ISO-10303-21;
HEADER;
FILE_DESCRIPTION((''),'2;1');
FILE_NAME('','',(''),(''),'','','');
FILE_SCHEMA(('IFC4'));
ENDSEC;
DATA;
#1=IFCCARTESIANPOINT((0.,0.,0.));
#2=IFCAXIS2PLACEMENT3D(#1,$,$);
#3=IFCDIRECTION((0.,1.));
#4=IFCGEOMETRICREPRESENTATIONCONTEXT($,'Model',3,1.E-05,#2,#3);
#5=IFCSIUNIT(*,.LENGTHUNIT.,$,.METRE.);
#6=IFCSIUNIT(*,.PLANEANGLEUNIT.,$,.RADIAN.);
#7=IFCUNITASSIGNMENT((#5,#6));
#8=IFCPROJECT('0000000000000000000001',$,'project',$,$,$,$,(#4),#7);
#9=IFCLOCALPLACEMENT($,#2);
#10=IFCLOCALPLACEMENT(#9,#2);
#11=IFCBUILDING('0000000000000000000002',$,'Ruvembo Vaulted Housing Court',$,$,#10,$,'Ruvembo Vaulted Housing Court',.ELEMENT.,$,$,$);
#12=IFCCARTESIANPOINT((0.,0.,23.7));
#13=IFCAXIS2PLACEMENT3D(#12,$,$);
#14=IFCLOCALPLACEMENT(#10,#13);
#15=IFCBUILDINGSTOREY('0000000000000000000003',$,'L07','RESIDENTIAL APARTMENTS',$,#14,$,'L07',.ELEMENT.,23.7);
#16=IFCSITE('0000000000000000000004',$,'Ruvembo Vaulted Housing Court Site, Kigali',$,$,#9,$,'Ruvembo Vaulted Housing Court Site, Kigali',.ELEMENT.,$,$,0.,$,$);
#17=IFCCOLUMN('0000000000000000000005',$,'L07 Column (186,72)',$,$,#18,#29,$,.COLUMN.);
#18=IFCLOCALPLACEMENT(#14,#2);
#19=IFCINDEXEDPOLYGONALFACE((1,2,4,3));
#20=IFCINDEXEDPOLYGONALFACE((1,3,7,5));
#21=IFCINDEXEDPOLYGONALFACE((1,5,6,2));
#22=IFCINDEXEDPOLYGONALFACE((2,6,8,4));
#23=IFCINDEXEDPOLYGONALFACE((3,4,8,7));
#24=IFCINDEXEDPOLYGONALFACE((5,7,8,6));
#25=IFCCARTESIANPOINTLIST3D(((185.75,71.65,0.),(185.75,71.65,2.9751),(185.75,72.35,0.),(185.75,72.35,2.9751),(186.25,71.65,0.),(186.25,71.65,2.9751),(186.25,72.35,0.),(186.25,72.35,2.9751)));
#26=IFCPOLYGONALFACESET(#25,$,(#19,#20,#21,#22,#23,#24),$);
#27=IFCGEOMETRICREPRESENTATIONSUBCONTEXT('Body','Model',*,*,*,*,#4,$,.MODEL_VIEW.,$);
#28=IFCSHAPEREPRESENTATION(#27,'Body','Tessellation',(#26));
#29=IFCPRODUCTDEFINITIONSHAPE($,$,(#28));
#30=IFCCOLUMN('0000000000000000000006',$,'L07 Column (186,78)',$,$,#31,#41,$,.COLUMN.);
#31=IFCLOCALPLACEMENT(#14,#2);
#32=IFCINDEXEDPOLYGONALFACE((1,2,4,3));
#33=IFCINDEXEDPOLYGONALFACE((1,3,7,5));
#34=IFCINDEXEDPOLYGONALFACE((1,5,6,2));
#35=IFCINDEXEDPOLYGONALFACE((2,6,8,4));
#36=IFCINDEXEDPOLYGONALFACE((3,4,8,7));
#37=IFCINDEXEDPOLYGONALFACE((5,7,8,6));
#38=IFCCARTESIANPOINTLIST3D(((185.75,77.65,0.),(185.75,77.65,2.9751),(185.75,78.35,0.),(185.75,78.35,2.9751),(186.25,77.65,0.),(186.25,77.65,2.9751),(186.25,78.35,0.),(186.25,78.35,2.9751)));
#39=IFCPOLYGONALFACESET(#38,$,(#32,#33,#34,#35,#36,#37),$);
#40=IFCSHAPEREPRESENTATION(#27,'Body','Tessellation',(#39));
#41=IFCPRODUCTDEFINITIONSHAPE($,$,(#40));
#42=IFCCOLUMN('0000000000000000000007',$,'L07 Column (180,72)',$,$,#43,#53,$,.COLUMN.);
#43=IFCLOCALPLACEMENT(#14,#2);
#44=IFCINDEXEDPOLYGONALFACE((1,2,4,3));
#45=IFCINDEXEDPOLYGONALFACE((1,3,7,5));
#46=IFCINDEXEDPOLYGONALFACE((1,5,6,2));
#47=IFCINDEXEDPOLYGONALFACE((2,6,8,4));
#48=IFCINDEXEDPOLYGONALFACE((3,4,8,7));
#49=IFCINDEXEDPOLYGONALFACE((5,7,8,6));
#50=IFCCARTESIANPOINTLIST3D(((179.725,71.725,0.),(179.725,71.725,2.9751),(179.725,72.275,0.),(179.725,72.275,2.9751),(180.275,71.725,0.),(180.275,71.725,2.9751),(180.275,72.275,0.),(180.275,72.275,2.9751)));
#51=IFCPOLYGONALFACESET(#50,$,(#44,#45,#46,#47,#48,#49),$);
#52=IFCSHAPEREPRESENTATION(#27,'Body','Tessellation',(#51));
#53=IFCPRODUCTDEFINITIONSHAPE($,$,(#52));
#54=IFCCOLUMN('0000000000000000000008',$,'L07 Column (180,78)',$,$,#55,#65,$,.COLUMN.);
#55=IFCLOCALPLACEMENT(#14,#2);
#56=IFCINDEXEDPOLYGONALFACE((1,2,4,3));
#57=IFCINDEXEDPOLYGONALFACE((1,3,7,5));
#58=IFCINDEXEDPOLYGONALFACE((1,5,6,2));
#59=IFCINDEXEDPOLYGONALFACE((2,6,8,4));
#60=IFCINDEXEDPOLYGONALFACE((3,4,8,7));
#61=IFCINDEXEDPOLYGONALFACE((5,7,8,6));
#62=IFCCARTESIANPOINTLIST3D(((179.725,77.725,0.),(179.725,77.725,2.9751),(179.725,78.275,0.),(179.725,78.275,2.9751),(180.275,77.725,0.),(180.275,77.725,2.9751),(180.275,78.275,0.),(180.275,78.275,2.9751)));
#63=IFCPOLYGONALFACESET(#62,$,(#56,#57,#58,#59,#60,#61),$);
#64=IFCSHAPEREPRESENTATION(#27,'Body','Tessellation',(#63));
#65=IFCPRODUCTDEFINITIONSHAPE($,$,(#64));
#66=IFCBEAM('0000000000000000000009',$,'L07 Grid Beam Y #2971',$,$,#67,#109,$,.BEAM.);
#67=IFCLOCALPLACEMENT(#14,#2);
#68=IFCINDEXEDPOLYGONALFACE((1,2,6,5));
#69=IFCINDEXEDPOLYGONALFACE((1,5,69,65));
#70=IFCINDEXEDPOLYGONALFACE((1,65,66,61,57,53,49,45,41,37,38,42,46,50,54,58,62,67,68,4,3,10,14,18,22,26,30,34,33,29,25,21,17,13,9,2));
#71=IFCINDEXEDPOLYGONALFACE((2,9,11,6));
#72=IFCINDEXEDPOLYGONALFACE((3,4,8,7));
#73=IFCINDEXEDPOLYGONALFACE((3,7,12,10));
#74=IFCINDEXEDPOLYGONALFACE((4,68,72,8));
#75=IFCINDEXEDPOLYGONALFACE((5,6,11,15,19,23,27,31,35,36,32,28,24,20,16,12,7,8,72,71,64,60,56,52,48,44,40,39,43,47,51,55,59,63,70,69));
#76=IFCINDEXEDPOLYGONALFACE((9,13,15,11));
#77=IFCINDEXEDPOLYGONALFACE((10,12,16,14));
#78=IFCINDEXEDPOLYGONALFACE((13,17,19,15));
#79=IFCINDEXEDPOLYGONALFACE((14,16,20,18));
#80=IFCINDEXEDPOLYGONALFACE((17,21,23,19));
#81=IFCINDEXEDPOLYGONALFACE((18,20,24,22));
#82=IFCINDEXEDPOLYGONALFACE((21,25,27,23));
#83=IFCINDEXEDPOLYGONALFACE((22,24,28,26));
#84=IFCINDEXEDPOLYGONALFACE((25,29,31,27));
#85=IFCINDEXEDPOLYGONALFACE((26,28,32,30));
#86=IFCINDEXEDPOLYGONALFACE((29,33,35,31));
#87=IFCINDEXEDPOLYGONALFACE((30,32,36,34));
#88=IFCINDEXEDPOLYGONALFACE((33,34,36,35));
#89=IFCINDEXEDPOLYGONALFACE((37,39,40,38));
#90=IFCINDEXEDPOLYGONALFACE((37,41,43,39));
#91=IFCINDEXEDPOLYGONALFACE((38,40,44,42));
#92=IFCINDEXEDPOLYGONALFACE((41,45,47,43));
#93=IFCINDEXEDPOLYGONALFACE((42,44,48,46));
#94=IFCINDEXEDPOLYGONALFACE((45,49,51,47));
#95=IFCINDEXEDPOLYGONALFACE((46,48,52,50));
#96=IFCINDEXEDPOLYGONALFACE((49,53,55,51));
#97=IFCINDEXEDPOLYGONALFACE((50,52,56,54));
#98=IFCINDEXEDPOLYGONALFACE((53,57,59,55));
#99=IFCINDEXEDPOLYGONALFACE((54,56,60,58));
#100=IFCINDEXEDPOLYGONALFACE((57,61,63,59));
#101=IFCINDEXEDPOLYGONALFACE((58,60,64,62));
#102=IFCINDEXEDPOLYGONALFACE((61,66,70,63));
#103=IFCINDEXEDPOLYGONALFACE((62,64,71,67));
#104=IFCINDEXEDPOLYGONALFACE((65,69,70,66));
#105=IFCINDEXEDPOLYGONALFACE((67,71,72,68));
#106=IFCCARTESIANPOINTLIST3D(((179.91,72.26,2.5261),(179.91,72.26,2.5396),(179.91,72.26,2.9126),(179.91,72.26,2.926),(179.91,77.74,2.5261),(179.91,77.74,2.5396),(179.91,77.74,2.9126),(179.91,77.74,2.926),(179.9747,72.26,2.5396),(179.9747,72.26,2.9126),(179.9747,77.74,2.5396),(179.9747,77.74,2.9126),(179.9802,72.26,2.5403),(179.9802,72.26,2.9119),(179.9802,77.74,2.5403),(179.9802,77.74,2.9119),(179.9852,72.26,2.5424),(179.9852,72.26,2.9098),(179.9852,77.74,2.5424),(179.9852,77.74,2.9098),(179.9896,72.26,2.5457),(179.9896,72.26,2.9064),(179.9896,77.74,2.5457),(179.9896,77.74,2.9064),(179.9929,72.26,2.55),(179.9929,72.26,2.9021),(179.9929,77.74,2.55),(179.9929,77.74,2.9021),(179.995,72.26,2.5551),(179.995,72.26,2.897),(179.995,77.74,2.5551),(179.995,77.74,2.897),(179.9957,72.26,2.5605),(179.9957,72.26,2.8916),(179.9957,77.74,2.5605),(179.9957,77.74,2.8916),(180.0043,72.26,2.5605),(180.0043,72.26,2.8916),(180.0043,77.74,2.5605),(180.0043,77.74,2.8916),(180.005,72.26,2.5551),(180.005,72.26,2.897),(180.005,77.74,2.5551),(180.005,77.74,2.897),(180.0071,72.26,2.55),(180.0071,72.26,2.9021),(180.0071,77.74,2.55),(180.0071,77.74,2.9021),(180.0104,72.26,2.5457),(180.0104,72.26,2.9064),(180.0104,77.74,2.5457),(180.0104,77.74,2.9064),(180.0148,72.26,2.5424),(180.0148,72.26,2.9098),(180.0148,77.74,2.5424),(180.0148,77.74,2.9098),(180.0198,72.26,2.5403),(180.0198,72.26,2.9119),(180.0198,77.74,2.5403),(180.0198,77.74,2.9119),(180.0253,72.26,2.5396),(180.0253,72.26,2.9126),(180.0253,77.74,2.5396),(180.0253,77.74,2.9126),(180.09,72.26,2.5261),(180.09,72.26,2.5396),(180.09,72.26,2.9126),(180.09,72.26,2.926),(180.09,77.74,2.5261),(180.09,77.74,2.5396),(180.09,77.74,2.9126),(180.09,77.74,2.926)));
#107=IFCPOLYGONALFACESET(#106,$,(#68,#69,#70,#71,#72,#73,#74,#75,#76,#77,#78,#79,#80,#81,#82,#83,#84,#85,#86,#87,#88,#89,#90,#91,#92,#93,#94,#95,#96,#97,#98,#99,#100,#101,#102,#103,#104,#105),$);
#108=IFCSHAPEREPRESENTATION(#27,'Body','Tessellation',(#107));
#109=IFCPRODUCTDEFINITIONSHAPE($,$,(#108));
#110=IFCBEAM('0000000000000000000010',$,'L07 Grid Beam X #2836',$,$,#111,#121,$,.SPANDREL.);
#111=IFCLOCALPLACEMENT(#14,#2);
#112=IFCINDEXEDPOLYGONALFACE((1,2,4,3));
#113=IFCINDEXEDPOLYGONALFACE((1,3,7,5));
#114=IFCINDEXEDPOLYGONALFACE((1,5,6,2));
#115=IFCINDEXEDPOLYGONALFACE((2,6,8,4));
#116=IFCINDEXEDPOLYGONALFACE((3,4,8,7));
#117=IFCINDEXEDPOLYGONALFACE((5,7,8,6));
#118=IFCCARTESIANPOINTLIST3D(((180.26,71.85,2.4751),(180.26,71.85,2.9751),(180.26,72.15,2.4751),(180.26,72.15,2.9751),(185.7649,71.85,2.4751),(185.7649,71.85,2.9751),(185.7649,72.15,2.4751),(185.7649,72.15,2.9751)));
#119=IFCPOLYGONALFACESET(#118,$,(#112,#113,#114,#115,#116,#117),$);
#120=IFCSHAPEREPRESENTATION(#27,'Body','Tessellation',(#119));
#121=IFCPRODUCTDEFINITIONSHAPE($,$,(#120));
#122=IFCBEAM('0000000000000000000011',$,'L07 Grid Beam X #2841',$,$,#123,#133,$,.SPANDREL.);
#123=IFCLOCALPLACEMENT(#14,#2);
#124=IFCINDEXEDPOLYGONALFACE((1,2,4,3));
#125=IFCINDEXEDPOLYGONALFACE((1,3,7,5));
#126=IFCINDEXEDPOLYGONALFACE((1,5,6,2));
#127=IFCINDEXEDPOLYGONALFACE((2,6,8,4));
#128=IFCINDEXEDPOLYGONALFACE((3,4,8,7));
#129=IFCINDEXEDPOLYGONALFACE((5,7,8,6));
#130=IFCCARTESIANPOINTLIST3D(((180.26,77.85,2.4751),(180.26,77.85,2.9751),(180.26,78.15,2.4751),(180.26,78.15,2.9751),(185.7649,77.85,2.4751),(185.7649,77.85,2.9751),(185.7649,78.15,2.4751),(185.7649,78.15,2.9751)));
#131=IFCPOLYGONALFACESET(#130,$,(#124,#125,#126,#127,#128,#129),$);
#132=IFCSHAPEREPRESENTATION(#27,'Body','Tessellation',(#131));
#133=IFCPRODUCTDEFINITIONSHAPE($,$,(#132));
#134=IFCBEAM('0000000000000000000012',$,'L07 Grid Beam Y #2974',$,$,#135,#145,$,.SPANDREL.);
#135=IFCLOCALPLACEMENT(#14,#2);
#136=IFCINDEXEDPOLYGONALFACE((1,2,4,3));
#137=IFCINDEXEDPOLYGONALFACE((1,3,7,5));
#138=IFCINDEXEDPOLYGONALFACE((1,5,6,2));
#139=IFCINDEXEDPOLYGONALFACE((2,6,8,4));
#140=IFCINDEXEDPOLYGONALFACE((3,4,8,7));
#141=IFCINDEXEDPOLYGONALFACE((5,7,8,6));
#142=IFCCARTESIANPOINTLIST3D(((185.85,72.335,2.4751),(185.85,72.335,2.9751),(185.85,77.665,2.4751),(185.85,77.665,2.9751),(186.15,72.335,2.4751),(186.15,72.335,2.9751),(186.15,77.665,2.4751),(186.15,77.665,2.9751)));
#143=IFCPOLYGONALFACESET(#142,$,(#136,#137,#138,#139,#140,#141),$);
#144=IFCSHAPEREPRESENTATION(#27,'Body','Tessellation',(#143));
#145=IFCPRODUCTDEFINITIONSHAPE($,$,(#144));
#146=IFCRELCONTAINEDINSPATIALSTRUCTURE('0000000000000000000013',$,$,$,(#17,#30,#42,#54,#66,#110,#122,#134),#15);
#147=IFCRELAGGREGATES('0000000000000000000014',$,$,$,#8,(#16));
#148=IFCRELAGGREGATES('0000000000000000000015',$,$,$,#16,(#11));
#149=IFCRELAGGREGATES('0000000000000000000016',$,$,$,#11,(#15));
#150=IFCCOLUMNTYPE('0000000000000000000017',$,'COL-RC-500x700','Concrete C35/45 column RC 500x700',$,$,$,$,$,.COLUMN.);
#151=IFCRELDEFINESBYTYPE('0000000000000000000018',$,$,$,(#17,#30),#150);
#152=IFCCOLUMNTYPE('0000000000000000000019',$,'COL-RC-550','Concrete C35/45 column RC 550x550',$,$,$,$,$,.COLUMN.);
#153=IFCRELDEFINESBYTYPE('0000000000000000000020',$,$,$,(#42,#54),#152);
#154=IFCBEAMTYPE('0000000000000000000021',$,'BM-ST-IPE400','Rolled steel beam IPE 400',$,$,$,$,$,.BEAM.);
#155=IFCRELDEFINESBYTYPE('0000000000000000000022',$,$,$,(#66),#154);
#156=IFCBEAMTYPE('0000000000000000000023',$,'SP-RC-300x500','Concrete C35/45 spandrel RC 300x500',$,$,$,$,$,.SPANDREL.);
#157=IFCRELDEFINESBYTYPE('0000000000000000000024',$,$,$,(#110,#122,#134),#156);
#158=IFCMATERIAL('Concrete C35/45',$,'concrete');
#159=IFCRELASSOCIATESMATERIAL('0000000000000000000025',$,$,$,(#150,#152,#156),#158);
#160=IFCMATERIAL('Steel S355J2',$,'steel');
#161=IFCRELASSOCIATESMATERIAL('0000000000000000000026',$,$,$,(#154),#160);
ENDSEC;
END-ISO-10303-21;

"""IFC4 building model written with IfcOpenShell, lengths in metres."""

from ifc_helpers import new_model, si_unit, direction, frame, origin, origin_2d, place, context, subcontext, project, spatial, rectangle, i_section, extrude, material, material_profile, profile_set, type_object, element, save


model = new_model("IFC4")

# Units and contexts
model_context = context("Model", 3, precision=1e-05, world=origin(), true_north=direction((0.0, 1.0)))
body_context = subcontext(model_context, "Body", "Model", "MODEL_VIEW")
ifc_project = project(units=[si_unit("LENGTHUNIT", "METRE"), si_unit("PLANEANGLEUNIT", "RADIAN")], contexts=[model_context])

# Site, building, storey
site_placement = place(None, origin())
site = spatial("IfcSite", under=ifc_project, at=site_placement, Name="Ruvembo Vaulted Housing Court Site, Kigali", LongName="Ruvembo Vaulted Housing Court Site, Kigali", CompositionType="ELEMENT", RefElevation=0.0)
building_placement = place(site_placement, origin())
building = spatial("IfcBuilding", under=site, at=building_placement, Name="Ruvembo Vaulted Housing Court", LongName="Ruvembo Vaulted Housing Court", CompositionType="ELEMENT")
storey_placement = place(building_placement, frame((0.0, 0.0, 23.7)))
storey = spatial("IfcBuildingStorey", under=building, at=storey_placement, Name="L07", Description="RESIDENTIAL APARTMENTS", LongName="L07", CompositionType="ELEMENT", Elevation=23.7)

# Columns
ifc_material_1 = material(Name="Concrete C35/45", Category="concrete")
ifc_material_profile_1 = material_profile(ifc_material_1, rectangle(XDim=0.5, YDim=0.7, at=origin_2d()), Name="RC 500x700")
ifc_profile_set_1 = profile_set([ifc_material_profile_1], Name="Concrete C35/45")
column_type_1 = type_object("IfcColumnType", Name="COL-RC-500x700", Description="Concrete C35/45 column RC 500x700", PredefinedType="COLUMN", material=ifc_profile_set_1)
for number, where, z_axis, x_axis, name in (
    (1, (186.0, 72.0, 0.0), (0.0, 0.0, 1.0), (1.0, 0.0, 0.0), "L07 Column (186,72)"),
    (2, (186.0, 78.0, 0.0), (0.0, 0.0, 1.0), (1.0, 0.0, 0.0), "L07 Column (186,78)"),
):
    element("IfcColumn", number, at=place(storey_placement, frame(where, z_axis=z_axis, x_axis=x_axis)), inside=storey, type_object=column_type_1, Name=name, PredefinedType="COLUMN", context=body_context, shape_type="SweptSolid", body=[
        extrude(rectangle(XDim=0.5, YDim=0.7, at=origin_2d()), origin(), (0.0, 0.0, 1.0), 2.9751),
    ])
ifc_material_profile_2 = material_profile(ifc_material_1, rectangle(XDim=0.55, YDim=0.55, at=origin_2d()), Name="RC 550x550")
ifc_profile_set_2 = profile_set([ifc_material_profile_2], Name="Concrete C35/45")
column_type_2 = type_object("IfcColumnType", Name="COL-RC-550", Description="Concrete C35/45 column RC 550x550", PredefinedType="COLUMN", material=ifc_profile_set_2)
for number, where, z_axis, x_axis, name in (
    (3, (180.0, 72.0, 0.0), (0.0, 0.0, 1.0), (1.0, 0.0, 0.0), "L07 Column (180,72)"),
    (4, (180.0, 78.0, 0.0), (0.0, 0.0, 1.0), (1.0, 0.0, 0.0), "L07 Column (180,78)"),
):
    element("IfcColumn", number, at=place(storey_placement, frame(where, z_axis=z_axis, x_axis=x_axis)), inside=storey, type_object=column_type_2, Name=name, PredefinedType="COLUMN", context=body_context, shape_type="SweptSolid", body=[
        extrude(rectangle(XDim=0.55, YDim=0.55, at=origin_2d()), origin(), (0.0, 0.0, 1.0), 2.9751),
    ])

# Beams
ifc_material_2 = material(Name="Steel S355J2", Category="steel")
ifc_material_profile_3 = material_profile(ifc_material_2, i_section(OverallWidth=0.1799, OverallDepth=0.3999, WebThickness=0.0085, FlangeThickness=0.0134, FilletRadius=0.021, at=origin_2d()), Name="IPE 400")
ifc_profile_set_3 = profile_set([ifc_material_profile_3], Name="Steel S355J2")
beam_type_1 = type_object("IfcBeamType", Name="BM-ST-IPE400", Description="Rolled steel beam IPE 400", PredefinedType="BEAM", material=ifc_profile_set_3)
beam_1_placement = place(storey_placement, frame((180.0, 72.26, 2.7261), z_axis=(0.0, 1.0, 0.0), x_axis=(-1.0, 0.0, 0.0)))
element("IfcBeam", 5, at=beam_1_placement, inside=storey, type_object=beam_type_1, Name="L07 Grid Beam Y #2971", PredefinedType="BEAM", context=body_context, shape_type="SweptSolid", body=[
    extrude(i_section(OverallWidth=0.1799, OverallDepth=0.3999, WebThickness=0.0085, FlangeThickness=0.0134, FilletRadius=0.021, at=origin_2d()), origin(), (0.0, 0.0, 1.0), 5.48),
])
ifc_material_profile_4 = material_profile(ifc_material_1, rectangle(XDim=0.3, YDim=0.5, at=origin_2d()), Name="RC 300x500")
ifc_profile_set_4 = profile_set([ifc_material_profile_4], Name="Concrete C35/45")
beam_type_2 = type_object("IfcBeamType", Name="SP-RC-300x500", Description="Concrete C35/45 spandrel RC 300x500", PredefinedType="SPANDREL", material=ifc_profile_set_4)
for number, where, z_axis, x_axis, name in (
    (6, (180.26, 72.0, 2.7251), (1.0, 0.0, 0.0), (0.0, 1.0, 0.0), "L07 Grid Beam X #2836"),
    (7, (180.26, 78.0, 2.7251), (1.0, 0.0, 0.0), (0.0, 1.0, 0.0), "L07 Grid Beam X #2841"),
):
    element("IfcBeam", number, at=place(storey_placement, frame(where, z_axis=z_axis, x_axis=x_axis)), inside=storey, type_object=beam_type_2, Name=name, PredefinedType="SPANDREL", context=body_context, shape_type="SweptSolid", body=[
        extrude(rectangle(XDim=0.3, YDim=0.5, at=origin_2d()), origin(), (0.0, 0.0, 1.0), 5.5049),
    ])
beam_2_placement = place(storey_placement, frame((186.0, 72.335, 2.7251), z_axis=(0.0, 1.0, 0.0), x_axis=(-1.0, 0.0, 0.0)))
element("IfcBeam", 8, at=beam_2_placement, inside=storey, type_object=beam_type_2, Name="L07 Grid Beam Y #2974", PredefinedType="SPANDREL", context=body_context, shape_type="SweptSolid", body=[
    extrude(rectangle(XDim=0.3, YDim=0.5, at=origin_2d()), origin(), (0.0, 0.0, 1.0), 5.3301),
])

save(model, "model.ifc")
